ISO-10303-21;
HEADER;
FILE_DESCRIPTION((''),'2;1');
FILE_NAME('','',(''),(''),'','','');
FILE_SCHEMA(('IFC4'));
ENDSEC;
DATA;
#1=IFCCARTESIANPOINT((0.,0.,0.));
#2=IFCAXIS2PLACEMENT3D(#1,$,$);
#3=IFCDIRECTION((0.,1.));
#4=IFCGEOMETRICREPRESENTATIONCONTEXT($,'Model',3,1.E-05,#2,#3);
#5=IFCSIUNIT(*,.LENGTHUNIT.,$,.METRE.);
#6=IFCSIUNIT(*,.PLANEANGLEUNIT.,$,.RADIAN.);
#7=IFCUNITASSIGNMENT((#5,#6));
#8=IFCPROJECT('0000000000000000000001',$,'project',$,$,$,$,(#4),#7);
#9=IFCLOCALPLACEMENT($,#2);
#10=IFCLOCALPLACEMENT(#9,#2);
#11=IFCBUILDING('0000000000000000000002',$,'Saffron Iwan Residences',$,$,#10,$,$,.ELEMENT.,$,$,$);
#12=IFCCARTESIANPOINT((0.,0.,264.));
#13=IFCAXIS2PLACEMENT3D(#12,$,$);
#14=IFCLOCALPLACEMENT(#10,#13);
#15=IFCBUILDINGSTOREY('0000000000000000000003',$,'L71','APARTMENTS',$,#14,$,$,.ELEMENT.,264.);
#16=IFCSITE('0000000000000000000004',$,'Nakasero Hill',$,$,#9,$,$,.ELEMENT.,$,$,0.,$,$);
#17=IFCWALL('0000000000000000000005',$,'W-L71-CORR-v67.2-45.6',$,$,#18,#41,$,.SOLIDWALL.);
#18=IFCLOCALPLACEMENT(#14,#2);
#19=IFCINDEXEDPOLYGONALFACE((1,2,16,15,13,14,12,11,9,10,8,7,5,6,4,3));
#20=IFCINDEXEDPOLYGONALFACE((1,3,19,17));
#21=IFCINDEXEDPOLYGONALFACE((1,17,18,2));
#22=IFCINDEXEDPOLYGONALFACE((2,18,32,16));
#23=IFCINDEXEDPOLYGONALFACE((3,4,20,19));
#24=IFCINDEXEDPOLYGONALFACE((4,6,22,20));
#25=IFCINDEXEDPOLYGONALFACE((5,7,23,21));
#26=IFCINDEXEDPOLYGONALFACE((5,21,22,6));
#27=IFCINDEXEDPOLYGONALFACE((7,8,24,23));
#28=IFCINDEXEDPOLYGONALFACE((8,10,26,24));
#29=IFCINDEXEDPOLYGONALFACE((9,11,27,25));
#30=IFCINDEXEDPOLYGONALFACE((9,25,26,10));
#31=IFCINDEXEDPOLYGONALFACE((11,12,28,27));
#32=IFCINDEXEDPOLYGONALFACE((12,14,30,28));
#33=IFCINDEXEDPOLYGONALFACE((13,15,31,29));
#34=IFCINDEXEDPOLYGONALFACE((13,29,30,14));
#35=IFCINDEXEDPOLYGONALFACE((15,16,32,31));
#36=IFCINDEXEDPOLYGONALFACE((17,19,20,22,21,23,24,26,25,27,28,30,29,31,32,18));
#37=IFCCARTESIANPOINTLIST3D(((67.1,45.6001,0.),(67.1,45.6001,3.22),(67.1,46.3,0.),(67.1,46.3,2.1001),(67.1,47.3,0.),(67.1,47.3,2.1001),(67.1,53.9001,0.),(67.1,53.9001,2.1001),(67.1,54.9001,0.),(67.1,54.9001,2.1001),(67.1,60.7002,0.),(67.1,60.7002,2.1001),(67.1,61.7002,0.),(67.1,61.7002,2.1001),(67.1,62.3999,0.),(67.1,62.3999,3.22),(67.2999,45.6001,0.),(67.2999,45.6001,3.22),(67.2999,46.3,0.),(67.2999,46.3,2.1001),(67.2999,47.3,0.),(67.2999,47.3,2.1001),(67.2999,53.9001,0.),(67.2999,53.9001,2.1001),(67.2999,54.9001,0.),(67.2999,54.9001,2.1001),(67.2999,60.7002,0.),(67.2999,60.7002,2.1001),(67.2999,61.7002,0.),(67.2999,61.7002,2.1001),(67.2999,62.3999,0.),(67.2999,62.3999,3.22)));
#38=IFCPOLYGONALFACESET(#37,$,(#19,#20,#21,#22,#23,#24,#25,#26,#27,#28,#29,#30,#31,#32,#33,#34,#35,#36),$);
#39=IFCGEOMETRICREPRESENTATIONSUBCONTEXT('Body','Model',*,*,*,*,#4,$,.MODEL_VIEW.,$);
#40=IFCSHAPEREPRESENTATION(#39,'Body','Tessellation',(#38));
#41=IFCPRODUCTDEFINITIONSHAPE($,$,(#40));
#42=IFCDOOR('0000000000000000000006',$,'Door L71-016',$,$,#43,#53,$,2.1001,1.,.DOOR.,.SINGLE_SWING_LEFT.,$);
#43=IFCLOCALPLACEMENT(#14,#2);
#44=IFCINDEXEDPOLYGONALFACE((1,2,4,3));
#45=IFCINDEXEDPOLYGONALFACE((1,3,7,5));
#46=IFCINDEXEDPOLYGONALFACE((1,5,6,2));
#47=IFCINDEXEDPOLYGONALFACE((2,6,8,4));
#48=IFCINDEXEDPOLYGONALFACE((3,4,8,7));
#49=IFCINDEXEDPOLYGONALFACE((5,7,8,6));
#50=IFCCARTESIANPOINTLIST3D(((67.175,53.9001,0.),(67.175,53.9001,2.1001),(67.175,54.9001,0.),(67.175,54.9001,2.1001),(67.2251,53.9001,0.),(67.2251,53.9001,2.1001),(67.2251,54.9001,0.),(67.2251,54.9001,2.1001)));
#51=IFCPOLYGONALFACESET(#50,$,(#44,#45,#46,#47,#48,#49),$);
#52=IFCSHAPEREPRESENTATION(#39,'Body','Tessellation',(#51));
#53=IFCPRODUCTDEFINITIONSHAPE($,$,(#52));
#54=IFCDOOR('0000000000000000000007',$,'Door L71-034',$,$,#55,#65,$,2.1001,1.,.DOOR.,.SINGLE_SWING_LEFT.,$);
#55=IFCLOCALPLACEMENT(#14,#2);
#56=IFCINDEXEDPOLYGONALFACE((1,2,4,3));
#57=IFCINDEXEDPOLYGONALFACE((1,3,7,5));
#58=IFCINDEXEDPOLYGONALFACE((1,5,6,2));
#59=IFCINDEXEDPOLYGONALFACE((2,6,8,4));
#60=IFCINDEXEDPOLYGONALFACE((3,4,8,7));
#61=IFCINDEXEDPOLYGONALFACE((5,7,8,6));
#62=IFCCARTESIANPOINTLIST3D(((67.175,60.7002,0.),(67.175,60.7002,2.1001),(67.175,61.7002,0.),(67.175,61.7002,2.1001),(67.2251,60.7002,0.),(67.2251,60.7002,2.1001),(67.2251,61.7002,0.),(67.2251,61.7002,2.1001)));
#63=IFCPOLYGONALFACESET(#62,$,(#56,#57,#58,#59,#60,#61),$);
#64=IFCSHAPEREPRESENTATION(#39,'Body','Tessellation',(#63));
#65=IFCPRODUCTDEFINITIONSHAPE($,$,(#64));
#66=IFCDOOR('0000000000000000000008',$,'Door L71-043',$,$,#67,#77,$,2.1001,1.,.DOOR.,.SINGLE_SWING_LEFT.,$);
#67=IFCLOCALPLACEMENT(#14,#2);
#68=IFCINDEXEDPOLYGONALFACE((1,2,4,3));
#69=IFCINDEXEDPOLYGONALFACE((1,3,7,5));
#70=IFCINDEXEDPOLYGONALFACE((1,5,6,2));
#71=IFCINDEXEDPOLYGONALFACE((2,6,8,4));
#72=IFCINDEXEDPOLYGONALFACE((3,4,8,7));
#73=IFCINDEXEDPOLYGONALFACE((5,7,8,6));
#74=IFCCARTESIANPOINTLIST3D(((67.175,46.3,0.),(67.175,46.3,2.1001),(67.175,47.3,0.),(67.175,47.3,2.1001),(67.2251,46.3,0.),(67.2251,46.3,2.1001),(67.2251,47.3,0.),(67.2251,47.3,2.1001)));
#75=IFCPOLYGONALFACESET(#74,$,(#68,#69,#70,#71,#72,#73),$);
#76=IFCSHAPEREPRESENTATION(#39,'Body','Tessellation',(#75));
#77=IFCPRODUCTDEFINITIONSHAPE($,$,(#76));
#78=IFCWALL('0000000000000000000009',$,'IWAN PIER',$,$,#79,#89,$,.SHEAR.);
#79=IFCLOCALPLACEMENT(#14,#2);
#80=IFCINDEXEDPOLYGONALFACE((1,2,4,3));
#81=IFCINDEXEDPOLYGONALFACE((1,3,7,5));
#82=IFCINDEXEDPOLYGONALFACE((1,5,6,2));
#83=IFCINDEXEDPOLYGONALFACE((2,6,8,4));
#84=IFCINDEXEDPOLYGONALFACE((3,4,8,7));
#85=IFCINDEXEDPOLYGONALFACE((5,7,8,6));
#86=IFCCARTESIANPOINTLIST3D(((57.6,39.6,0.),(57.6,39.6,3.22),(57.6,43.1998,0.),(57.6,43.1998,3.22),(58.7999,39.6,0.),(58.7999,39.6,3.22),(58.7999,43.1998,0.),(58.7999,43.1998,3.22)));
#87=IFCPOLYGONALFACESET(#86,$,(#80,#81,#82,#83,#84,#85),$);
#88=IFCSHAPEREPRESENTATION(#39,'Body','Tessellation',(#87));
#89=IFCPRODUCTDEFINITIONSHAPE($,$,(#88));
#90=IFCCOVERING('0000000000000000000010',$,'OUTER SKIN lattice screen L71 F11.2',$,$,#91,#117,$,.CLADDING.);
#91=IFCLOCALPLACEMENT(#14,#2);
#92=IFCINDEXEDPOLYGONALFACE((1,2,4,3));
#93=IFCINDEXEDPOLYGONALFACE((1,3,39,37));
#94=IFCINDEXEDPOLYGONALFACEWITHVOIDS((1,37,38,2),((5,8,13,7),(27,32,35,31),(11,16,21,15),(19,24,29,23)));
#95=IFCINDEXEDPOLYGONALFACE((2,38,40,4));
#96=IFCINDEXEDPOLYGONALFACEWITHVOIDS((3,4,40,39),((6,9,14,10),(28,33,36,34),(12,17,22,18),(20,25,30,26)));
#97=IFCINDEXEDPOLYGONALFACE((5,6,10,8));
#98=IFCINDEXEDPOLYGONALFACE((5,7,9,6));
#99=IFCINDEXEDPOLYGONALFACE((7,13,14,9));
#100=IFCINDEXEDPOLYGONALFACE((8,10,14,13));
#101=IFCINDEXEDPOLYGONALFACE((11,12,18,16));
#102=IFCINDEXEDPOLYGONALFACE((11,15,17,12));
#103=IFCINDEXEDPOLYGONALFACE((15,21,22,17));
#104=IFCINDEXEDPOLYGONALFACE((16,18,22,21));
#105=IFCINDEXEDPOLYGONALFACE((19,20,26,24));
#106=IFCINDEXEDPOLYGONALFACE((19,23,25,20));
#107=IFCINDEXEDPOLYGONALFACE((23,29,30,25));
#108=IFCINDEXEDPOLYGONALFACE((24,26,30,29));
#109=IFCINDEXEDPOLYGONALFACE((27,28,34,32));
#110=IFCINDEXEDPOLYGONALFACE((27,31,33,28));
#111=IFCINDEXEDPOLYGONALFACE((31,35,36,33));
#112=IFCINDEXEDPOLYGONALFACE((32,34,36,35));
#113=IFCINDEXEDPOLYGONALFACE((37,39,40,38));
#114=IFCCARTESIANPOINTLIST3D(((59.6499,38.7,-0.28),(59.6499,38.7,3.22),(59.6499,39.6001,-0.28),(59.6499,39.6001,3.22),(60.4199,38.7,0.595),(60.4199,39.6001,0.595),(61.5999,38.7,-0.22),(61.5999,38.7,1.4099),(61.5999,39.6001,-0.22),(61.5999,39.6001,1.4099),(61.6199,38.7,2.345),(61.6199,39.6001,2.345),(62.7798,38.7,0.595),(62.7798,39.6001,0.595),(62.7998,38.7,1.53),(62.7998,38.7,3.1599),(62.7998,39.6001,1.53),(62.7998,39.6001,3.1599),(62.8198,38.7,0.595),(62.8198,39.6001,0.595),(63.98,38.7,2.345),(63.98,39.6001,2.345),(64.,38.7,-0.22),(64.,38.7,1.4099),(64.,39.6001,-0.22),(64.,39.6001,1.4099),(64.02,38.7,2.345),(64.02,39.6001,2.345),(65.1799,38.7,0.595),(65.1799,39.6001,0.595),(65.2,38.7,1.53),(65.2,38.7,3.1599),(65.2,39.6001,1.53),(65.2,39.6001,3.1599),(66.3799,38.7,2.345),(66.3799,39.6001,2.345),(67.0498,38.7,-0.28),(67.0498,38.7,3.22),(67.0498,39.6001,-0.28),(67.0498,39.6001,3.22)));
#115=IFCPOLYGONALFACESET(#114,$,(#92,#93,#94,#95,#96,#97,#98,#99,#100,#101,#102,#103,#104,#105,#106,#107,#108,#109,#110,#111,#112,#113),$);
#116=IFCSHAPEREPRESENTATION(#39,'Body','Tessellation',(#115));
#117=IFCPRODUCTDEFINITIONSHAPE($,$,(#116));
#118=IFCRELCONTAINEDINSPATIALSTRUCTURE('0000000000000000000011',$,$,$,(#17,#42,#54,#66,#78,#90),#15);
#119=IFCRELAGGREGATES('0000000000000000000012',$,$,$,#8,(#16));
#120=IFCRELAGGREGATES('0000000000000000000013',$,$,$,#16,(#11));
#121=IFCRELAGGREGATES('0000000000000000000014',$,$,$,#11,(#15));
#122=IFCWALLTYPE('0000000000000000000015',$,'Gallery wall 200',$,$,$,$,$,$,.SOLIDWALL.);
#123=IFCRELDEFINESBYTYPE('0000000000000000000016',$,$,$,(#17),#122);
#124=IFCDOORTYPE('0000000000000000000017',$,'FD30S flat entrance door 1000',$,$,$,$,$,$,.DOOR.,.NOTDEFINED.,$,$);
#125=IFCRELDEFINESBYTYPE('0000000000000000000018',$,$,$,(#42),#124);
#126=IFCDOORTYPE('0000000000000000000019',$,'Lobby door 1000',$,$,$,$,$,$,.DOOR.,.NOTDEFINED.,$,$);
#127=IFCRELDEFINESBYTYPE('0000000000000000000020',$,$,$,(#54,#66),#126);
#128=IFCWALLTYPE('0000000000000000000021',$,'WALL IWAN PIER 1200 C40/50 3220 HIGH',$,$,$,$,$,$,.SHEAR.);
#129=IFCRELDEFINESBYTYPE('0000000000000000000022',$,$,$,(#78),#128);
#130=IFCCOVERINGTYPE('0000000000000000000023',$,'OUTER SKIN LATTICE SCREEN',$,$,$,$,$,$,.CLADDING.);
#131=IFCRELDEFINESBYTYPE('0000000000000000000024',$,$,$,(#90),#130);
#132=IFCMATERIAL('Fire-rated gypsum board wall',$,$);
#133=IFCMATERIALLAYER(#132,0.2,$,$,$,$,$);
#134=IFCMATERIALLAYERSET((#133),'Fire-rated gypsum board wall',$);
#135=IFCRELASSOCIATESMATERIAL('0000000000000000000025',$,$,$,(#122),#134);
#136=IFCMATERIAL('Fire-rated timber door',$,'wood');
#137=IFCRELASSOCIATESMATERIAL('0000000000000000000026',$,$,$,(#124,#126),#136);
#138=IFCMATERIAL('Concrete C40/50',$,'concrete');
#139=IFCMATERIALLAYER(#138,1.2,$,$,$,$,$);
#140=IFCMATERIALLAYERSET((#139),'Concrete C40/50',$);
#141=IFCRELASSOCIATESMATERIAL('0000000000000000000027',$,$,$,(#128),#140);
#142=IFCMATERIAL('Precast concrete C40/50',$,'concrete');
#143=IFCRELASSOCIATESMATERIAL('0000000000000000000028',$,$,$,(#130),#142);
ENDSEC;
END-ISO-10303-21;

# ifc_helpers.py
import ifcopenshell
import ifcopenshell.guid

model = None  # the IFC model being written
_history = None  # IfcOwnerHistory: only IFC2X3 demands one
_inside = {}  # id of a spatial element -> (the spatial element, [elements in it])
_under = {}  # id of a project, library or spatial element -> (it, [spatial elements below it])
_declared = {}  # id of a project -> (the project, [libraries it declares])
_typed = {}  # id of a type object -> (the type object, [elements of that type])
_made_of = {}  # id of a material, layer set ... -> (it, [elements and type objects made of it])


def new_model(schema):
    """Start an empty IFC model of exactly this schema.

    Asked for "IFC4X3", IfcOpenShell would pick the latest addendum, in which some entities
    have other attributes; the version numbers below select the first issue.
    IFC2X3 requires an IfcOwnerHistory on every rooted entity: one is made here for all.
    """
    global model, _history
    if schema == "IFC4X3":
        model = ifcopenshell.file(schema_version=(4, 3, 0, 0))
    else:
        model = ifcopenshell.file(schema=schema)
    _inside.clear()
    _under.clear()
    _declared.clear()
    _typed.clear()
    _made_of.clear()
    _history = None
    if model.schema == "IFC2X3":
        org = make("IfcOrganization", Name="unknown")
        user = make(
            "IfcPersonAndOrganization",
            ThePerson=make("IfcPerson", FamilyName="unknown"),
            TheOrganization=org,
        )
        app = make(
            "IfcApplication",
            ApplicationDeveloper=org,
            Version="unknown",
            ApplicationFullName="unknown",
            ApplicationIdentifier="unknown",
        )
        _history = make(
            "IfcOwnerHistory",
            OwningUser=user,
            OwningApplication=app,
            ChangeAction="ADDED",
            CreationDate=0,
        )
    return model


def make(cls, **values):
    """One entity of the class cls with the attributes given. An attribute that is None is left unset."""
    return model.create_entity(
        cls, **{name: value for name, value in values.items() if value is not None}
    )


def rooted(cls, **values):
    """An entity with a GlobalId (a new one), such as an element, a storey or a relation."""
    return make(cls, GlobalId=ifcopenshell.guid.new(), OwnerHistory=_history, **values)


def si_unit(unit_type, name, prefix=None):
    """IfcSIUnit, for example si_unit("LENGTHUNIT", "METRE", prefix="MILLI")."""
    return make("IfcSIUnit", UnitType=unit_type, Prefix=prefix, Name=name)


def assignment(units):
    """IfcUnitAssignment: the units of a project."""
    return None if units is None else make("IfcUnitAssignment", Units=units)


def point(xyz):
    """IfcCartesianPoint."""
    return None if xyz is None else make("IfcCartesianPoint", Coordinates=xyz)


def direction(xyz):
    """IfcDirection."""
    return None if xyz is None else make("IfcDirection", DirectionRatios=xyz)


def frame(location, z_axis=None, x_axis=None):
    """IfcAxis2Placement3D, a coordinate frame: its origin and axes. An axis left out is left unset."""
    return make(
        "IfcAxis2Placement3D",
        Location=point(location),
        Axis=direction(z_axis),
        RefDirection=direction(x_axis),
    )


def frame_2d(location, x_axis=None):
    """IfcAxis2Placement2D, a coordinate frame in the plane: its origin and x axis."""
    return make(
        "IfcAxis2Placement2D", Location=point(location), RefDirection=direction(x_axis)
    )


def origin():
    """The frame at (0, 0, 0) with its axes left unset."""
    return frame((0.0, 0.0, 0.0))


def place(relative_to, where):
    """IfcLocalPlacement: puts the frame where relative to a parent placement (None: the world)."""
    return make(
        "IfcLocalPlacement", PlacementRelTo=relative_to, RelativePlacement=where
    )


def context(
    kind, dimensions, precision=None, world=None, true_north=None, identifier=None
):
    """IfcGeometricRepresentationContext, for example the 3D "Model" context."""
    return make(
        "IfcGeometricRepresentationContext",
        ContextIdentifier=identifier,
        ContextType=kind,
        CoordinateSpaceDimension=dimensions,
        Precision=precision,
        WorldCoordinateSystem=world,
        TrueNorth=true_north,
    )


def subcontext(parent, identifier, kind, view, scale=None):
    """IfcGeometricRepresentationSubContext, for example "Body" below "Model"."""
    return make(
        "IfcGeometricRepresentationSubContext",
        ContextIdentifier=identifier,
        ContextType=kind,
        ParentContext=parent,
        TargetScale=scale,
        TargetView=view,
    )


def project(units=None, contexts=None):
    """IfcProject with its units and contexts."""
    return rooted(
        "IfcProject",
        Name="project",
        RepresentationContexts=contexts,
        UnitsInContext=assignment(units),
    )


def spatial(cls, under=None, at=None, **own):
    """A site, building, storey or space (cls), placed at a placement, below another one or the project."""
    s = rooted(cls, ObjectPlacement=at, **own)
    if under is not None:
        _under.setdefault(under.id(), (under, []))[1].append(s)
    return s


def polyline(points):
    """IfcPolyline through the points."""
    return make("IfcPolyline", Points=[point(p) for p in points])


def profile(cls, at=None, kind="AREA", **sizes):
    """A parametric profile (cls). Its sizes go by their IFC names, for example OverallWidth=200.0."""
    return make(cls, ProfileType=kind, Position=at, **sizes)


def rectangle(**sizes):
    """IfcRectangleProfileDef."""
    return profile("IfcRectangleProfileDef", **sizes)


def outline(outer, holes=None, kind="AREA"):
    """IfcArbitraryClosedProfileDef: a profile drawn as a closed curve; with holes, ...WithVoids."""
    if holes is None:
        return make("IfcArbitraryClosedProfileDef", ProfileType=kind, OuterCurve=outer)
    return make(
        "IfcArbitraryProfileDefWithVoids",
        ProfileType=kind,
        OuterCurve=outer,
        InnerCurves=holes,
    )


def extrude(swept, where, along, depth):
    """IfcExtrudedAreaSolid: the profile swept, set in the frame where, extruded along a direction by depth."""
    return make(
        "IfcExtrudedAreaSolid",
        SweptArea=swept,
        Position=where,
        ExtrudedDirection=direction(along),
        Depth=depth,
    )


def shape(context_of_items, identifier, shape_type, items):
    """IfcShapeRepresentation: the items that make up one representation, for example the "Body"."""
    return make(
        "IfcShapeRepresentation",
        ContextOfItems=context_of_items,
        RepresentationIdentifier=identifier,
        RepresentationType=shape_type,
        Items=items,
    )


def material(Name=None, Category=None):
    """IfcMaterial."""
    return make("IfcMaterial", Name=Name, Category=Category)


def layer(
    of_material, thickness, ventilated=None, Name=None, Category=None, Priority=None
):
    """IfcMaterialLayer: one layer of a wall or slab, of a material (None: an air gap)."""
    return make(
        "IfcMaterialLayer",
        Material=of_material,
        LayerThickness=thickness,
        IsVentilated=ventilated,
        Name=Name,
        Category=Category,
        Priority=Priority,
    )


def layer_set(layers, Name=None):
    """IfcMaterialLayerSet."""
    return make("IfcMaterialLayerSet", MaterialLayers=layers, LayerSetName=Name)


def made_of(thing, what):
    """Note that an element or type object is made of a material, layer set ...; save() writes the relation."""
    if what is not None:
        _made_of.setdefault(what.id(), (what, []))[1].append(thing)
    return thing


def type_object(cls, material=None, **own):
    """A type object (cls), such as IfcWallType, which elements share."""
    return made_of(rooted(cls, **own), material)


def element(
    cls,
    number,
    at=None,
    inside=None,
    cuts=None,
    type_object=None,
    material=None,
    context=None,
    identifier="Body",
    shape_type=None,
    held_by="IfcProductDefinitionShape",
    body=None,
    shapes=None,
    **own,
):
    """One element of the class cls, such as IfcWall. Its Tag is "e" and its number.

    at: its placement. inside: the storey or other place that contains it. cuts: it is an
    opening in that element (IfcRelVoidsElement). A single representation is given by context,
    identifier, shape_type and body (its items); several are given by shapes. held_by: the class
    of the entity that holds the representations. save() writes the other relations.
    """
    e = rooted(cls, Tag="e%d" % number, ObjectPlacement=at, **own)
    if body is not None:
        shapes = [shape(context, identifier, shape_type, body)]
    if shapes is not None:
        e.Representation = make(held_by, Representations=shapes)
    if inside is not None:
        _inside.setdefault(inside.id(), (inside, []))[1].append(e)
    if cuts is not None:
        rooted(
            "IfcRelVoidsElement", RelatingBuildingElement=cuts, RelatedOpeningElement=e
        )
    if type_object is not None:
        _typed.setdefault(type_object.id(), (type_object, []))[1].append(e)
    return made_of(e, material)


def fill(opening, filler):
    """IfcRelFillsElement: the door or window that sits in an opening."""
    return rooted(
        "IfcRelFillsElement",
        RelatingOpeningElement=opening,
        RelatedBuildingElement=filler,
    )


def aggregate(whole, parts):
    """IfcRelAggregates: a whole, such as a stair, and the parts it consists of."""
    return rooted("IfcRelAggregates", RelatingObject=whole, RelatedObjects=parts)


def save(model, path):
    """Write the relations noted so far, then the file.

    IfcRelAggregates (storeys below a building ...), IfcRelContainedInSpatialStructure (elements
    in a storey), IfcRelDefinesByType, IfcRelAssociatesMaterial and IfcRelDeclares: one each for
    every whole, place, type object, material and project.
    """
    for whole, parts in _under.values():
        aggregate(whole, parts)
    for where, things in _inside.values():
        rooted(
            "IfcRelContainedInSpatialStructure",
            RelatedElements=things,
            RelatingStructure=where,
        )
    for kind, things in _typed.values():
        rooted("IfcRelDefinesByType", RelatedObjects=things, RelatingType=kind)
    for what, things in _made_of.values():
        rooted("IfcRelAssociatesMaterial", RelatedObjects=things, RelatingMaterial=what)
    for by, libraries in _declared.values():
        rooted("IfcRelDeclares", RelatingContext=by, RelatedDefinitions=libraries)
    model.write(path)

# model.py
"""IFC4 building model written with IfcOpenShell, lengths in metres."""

from ifc_helpers import new_model, si_unit, direction, frame, frame_2d, origin, place, context, subcontext, project, spatial, polyline, rectangle, outline, extrude, material, layer, layer_set, type_object, element, fill, save


model = new_model("IFC4")

# Units and contexts
model_context = context("Model", 3, precision=1e-05, world=origin(), true_north=direction((0.0, 1.0)))
body_context = subcontext(model_context, "Body", "Model", "MODEL_VIEW")
ifc_project = project(units=[si_unit("LENGTHUNIT", "METRE"), si_unit("PLANEANGLEUNIT", "RADIAN")], contexts=[model_context])

# Site, building, storey
site_placement = place(None, origin())
site = spatial("IfcSite", under=ifc_project, at=site_placement, Name="Nakasero Hill", CompositionType="ELEMENT", RefElevation=0.0)
building_placement = place(site_placement, origin())
building = spatial("IfcBuilding", under=site, at=building_placement, Name="Saffron Iwan Residences", CompositionType="ELEMENT")
storey_placement = place(building_placement, frame((0.0, 0.0, 264.0)))
storey = spatial("IfcBuildingStorey", under=building, at=storey_placement, Name="L71", Description="APARTMENTS", CompositionType="ELEMENT", Elevation=264.0)

# Shared definitions
ifc_material_1 = material(Name="Concrete C40/50", Category="concrete")

# Shared definitions
ifc_material_2 = material(Name="Fire-rated gypsum board wall")
ifc_layer_1 = layer(ifc_material_2, 0.2)
ifc_layer_set_1 = layer_set([ifc_layer_1], Name="Fire-rated gypsum board wall")
wall_type_1 = type_object("IfcWallType", Name="Gallery wall 200", PredefinedType="SOLIDWALL", material=ifc_layer_set_1)

# Wall, openings, doors
wall_1_placement = place(storey_placement, frame((67.2, 45.6001, 0.0), z_axis=(0.0, 0.0, 1.0), x_axis=(0.0, 1.0, 0.0)))
wall_1 = element("IfcWall", 1, at=wall_1_placement, inside=storey, type_object=wall_type_1, Name="W-L71-CORR-v67.2-45.6", PredefinedType="SOLIDWALL", context=body_context, shape_type="SweptSolid", body=[
    extrude(rectangle(XDim=16.7998, YDim=0.2, at=frame_2d((8.3999, 0.0))), origin(), (0.0, 0.0, 1.0), 3.22),
])
opening_1_placement = place(wall_1_placement, frame((8.3, 0.0, 0.0)))
opening_1 = element("IfcOpeningElement", 2, at=opening_1_placement, cuts=wall_1, PredefinedType="OPENING", context=body_context, shape_type="SweptSolid", body=[
    extrude(rectangle(XDim=1.0, YDim=2.1001, at=frame_2d((0.5, 1.05))), frame((0.0, 0.1099, 0.0), z_axis=(0.0, -1.0, 0.0), x_axis=(1.0, 0.0, 0.0)), (0.0, 0.0, 1.0), 0.22),
])
opening_2_placement = place(wall_1_placement, frame((15.1001, 0.0, 0.0)))
opening_2 = element("IfcOpeningElement", 3, at=opening_2_placement, cuts=wall_1, PredefinedType="OPENING", context=body_context, shape_type="SweptSolid", body=[
    extrude(rectangle(XDim=1.0, YDim=2.1001, at=frame_2d((0.5, 1.05))), frame((0.0, 0.1099, 0.0), z_axis=(0.0, -1.0, 0.0), x_axis=(1.0, 0.0, 0.0)), (0.0, 0.0, 1.0), 0.22),
])
opening_3_placement = place(wall_1_placement, frame((0.7, 0.0, 0.0)))
opening_3 = element("IfcOpeningElement", 4, at=opening_3_placement, cuts=wall_1, PredefinedType="OPENING", context=body_context, shape_type="SweptSolid", body=[
    extrude(rectangle(XDim=1.0, YDim=2.1001, at=frame_2d((0.5, 1.05))), frame((0.0, 0.1099, 0.0), z_axis=(0.0, -1.0, 0.0), x_axis=(1.0, 0.0, 0.0)), (0.0, 0.0, 1.0), 0.22),
])
ifc_material_3 = material(Name="Fire-rated timber door", Category="wood")
door_type_1 = type_object("IfcDoorType", Name="FD30S flat entrance door 1000", OperationType="NOTDEFINED", PredefinedType="DOOR", material=ifc_material_3)
door_1_placement = place(opening_1_placement, origin())
door_1 = element("IfcDoor", 5, at=door_1_placement, inside=storey, type_object=door_type_1, Name="Door L71-016", OperationType="SINGLE_SWING_LEFT", OverallHeight=2.1001, OverallWidth=1.0, PredefinedType="DOOR", context=body_context, shape_type="SweptSolid", body=[
    extrude(rectangle(XDim=1.0, YDim=2.1001, at=frame_2d((0.5, 1.05))), frame((0.0, 0.0249, 0.0), z_axis=(0.0, -1.0, 0.0), x_axis=(1.0, 0.0, 0.0)), (0.0, 0.0, 1.0), 0.05),
])
fill(opening_1, door_1)
door_type_2 = type_object("IfcDoorType", Name="Lobby door 1000", OperationType="NOTDEFINED", PredefinedType="DOOR", material=ifc_material_3)
door_2_placement = place(opening_2_placement, origin())
door_2 = element("IfcDoor", 6, at=door_2_placement, inside=storey, type_object=door_type_2, Name="Door L71-034", OperationType="SINGLE_SWING_LEFT", OverallHeight=2.1001, OverallWidth=1.0, PredefinedType="DOOR", context=body_context, shape_type="SweptSolid", body=[
    extrude(rectangle(XDim=1.0, YDim=2.1001, at=frame_2d((0.5, 1.05))), frame((0.0, 0.0249, 0.0), z_axis=(0.0, -1.0, 0.0), x_axis=(1.0, 0.0, 0.0)), (0.0, 0.0, 1.0), 0.05),
])
fill(opening_2, door_2)
door_3_placement = place(opening_3_placement, origin())
door_3 = element("IfcDoor", 7, at=door_3_placement, inside=storey, type_object=door_type_2, Name="Door L71-043", OperationType="SINGLE_SWING_LEFT", OverallHeight=2.1001, OverallWidth=1.0, PredefinedType="DOOR", context=body_context, shape_type="SweptSolid", body=[
    extrude(rectangle(XDim=1.0, YDim=2.1001, at=frame_2d((0.5, 1.05))), frame((0.0, 0.0249, 0.0), z_axis=(0.0, -1.0, 0.0), x_axis=(1.0, 0.0, 0.0)), (0.0, 0.0, 1.0), 0.05),
])
fill(opening_3, door_3)

# Wall
ifc_layer_2 = layer(ifc_material_1, 1.2)
ifc_layer_set_2 = layer_set([ifc_layer_2], Name="Concrete C40/50")
wall_type_2 = type_object("IfcWallType", Name="WALL IWAN PIER 1200 C40/50 3220 HIGH", PredefinedType="SHEAR", material=ifc_layer_set_2)
wall_2_placement = place(storey_placement, frame((58.2, 39.6001, 0.0), z_axis=(0.0, 0.0, 1.0), x_axis=(0.0, 1.0, 0.0)))
element("IfcWall", 8, at=wall_2_placement, inside=storey, type_object=wall_type_2, Name="IWAN PIER", PredefinedType="SHEAR", context=body_context, shape_type="SweptSolid", body=[
    extrude(rectangle(XDim=3.5999, YDim=1.2, at=frame_2d((1.7998, 0.0))), origin(), (0.0, 0.0, 1.0), 3.22),
])

# Covering
ifc_material_4 = material(Name="Precast concrete C40/50", Category="concrete")
covering_type = type_object("IfcCoveringType", Name="OUTER SKIN LATTICE SCREEN", PredefinedType="CLADDING", material=ifc_material_4)
covering_placement = place(storey_placement, frame((59.6499, 39.6001, -0.28), z_axis=(0.0, -1.0, 0.0), x_axis=(1.0, 0.0, 0.0)))
element("IfcCovering", 9, at=covering_placement, inside=storey, type_object=covering_type, Name="OUTER SKIN lattice screen L71 F11.2", PredefinedType="CLADDING", context=body_context, shape_type="SweptSolid", body=[
    extrude(outline(polyline([(0.0, 0.0), (7.3999, 0.0), (7.3999, 3.5), (0.0, 3.5), (0.0, 0.0)]), holes=[polyline([(0.77, 0.875), (1.95, 0.0601), (3.1299, 0.875), (1.95, 1.6899), (0.77, 0.875)]), polyline([(3.1699, 0.875), (4.3501, 0.0601), (5.53, 0.875), (4.3501, 1.6899), (3.1699, 0.875)]), polyline([(1.97, 2.625), (3.1499, 1.8101), (4.3301, 2.625), (3.1499, 3.4399), (1.97, 2.625)]), polyline([(4.3701, 2.625), (5.55, 1.8101), (6.73, 2.625), (5.55, 3.4399), (4.3701, 2.625)])]), origin(), (0.0, 0.0, 1.0), 0.9001),
])

save(model, "model.ifc")
